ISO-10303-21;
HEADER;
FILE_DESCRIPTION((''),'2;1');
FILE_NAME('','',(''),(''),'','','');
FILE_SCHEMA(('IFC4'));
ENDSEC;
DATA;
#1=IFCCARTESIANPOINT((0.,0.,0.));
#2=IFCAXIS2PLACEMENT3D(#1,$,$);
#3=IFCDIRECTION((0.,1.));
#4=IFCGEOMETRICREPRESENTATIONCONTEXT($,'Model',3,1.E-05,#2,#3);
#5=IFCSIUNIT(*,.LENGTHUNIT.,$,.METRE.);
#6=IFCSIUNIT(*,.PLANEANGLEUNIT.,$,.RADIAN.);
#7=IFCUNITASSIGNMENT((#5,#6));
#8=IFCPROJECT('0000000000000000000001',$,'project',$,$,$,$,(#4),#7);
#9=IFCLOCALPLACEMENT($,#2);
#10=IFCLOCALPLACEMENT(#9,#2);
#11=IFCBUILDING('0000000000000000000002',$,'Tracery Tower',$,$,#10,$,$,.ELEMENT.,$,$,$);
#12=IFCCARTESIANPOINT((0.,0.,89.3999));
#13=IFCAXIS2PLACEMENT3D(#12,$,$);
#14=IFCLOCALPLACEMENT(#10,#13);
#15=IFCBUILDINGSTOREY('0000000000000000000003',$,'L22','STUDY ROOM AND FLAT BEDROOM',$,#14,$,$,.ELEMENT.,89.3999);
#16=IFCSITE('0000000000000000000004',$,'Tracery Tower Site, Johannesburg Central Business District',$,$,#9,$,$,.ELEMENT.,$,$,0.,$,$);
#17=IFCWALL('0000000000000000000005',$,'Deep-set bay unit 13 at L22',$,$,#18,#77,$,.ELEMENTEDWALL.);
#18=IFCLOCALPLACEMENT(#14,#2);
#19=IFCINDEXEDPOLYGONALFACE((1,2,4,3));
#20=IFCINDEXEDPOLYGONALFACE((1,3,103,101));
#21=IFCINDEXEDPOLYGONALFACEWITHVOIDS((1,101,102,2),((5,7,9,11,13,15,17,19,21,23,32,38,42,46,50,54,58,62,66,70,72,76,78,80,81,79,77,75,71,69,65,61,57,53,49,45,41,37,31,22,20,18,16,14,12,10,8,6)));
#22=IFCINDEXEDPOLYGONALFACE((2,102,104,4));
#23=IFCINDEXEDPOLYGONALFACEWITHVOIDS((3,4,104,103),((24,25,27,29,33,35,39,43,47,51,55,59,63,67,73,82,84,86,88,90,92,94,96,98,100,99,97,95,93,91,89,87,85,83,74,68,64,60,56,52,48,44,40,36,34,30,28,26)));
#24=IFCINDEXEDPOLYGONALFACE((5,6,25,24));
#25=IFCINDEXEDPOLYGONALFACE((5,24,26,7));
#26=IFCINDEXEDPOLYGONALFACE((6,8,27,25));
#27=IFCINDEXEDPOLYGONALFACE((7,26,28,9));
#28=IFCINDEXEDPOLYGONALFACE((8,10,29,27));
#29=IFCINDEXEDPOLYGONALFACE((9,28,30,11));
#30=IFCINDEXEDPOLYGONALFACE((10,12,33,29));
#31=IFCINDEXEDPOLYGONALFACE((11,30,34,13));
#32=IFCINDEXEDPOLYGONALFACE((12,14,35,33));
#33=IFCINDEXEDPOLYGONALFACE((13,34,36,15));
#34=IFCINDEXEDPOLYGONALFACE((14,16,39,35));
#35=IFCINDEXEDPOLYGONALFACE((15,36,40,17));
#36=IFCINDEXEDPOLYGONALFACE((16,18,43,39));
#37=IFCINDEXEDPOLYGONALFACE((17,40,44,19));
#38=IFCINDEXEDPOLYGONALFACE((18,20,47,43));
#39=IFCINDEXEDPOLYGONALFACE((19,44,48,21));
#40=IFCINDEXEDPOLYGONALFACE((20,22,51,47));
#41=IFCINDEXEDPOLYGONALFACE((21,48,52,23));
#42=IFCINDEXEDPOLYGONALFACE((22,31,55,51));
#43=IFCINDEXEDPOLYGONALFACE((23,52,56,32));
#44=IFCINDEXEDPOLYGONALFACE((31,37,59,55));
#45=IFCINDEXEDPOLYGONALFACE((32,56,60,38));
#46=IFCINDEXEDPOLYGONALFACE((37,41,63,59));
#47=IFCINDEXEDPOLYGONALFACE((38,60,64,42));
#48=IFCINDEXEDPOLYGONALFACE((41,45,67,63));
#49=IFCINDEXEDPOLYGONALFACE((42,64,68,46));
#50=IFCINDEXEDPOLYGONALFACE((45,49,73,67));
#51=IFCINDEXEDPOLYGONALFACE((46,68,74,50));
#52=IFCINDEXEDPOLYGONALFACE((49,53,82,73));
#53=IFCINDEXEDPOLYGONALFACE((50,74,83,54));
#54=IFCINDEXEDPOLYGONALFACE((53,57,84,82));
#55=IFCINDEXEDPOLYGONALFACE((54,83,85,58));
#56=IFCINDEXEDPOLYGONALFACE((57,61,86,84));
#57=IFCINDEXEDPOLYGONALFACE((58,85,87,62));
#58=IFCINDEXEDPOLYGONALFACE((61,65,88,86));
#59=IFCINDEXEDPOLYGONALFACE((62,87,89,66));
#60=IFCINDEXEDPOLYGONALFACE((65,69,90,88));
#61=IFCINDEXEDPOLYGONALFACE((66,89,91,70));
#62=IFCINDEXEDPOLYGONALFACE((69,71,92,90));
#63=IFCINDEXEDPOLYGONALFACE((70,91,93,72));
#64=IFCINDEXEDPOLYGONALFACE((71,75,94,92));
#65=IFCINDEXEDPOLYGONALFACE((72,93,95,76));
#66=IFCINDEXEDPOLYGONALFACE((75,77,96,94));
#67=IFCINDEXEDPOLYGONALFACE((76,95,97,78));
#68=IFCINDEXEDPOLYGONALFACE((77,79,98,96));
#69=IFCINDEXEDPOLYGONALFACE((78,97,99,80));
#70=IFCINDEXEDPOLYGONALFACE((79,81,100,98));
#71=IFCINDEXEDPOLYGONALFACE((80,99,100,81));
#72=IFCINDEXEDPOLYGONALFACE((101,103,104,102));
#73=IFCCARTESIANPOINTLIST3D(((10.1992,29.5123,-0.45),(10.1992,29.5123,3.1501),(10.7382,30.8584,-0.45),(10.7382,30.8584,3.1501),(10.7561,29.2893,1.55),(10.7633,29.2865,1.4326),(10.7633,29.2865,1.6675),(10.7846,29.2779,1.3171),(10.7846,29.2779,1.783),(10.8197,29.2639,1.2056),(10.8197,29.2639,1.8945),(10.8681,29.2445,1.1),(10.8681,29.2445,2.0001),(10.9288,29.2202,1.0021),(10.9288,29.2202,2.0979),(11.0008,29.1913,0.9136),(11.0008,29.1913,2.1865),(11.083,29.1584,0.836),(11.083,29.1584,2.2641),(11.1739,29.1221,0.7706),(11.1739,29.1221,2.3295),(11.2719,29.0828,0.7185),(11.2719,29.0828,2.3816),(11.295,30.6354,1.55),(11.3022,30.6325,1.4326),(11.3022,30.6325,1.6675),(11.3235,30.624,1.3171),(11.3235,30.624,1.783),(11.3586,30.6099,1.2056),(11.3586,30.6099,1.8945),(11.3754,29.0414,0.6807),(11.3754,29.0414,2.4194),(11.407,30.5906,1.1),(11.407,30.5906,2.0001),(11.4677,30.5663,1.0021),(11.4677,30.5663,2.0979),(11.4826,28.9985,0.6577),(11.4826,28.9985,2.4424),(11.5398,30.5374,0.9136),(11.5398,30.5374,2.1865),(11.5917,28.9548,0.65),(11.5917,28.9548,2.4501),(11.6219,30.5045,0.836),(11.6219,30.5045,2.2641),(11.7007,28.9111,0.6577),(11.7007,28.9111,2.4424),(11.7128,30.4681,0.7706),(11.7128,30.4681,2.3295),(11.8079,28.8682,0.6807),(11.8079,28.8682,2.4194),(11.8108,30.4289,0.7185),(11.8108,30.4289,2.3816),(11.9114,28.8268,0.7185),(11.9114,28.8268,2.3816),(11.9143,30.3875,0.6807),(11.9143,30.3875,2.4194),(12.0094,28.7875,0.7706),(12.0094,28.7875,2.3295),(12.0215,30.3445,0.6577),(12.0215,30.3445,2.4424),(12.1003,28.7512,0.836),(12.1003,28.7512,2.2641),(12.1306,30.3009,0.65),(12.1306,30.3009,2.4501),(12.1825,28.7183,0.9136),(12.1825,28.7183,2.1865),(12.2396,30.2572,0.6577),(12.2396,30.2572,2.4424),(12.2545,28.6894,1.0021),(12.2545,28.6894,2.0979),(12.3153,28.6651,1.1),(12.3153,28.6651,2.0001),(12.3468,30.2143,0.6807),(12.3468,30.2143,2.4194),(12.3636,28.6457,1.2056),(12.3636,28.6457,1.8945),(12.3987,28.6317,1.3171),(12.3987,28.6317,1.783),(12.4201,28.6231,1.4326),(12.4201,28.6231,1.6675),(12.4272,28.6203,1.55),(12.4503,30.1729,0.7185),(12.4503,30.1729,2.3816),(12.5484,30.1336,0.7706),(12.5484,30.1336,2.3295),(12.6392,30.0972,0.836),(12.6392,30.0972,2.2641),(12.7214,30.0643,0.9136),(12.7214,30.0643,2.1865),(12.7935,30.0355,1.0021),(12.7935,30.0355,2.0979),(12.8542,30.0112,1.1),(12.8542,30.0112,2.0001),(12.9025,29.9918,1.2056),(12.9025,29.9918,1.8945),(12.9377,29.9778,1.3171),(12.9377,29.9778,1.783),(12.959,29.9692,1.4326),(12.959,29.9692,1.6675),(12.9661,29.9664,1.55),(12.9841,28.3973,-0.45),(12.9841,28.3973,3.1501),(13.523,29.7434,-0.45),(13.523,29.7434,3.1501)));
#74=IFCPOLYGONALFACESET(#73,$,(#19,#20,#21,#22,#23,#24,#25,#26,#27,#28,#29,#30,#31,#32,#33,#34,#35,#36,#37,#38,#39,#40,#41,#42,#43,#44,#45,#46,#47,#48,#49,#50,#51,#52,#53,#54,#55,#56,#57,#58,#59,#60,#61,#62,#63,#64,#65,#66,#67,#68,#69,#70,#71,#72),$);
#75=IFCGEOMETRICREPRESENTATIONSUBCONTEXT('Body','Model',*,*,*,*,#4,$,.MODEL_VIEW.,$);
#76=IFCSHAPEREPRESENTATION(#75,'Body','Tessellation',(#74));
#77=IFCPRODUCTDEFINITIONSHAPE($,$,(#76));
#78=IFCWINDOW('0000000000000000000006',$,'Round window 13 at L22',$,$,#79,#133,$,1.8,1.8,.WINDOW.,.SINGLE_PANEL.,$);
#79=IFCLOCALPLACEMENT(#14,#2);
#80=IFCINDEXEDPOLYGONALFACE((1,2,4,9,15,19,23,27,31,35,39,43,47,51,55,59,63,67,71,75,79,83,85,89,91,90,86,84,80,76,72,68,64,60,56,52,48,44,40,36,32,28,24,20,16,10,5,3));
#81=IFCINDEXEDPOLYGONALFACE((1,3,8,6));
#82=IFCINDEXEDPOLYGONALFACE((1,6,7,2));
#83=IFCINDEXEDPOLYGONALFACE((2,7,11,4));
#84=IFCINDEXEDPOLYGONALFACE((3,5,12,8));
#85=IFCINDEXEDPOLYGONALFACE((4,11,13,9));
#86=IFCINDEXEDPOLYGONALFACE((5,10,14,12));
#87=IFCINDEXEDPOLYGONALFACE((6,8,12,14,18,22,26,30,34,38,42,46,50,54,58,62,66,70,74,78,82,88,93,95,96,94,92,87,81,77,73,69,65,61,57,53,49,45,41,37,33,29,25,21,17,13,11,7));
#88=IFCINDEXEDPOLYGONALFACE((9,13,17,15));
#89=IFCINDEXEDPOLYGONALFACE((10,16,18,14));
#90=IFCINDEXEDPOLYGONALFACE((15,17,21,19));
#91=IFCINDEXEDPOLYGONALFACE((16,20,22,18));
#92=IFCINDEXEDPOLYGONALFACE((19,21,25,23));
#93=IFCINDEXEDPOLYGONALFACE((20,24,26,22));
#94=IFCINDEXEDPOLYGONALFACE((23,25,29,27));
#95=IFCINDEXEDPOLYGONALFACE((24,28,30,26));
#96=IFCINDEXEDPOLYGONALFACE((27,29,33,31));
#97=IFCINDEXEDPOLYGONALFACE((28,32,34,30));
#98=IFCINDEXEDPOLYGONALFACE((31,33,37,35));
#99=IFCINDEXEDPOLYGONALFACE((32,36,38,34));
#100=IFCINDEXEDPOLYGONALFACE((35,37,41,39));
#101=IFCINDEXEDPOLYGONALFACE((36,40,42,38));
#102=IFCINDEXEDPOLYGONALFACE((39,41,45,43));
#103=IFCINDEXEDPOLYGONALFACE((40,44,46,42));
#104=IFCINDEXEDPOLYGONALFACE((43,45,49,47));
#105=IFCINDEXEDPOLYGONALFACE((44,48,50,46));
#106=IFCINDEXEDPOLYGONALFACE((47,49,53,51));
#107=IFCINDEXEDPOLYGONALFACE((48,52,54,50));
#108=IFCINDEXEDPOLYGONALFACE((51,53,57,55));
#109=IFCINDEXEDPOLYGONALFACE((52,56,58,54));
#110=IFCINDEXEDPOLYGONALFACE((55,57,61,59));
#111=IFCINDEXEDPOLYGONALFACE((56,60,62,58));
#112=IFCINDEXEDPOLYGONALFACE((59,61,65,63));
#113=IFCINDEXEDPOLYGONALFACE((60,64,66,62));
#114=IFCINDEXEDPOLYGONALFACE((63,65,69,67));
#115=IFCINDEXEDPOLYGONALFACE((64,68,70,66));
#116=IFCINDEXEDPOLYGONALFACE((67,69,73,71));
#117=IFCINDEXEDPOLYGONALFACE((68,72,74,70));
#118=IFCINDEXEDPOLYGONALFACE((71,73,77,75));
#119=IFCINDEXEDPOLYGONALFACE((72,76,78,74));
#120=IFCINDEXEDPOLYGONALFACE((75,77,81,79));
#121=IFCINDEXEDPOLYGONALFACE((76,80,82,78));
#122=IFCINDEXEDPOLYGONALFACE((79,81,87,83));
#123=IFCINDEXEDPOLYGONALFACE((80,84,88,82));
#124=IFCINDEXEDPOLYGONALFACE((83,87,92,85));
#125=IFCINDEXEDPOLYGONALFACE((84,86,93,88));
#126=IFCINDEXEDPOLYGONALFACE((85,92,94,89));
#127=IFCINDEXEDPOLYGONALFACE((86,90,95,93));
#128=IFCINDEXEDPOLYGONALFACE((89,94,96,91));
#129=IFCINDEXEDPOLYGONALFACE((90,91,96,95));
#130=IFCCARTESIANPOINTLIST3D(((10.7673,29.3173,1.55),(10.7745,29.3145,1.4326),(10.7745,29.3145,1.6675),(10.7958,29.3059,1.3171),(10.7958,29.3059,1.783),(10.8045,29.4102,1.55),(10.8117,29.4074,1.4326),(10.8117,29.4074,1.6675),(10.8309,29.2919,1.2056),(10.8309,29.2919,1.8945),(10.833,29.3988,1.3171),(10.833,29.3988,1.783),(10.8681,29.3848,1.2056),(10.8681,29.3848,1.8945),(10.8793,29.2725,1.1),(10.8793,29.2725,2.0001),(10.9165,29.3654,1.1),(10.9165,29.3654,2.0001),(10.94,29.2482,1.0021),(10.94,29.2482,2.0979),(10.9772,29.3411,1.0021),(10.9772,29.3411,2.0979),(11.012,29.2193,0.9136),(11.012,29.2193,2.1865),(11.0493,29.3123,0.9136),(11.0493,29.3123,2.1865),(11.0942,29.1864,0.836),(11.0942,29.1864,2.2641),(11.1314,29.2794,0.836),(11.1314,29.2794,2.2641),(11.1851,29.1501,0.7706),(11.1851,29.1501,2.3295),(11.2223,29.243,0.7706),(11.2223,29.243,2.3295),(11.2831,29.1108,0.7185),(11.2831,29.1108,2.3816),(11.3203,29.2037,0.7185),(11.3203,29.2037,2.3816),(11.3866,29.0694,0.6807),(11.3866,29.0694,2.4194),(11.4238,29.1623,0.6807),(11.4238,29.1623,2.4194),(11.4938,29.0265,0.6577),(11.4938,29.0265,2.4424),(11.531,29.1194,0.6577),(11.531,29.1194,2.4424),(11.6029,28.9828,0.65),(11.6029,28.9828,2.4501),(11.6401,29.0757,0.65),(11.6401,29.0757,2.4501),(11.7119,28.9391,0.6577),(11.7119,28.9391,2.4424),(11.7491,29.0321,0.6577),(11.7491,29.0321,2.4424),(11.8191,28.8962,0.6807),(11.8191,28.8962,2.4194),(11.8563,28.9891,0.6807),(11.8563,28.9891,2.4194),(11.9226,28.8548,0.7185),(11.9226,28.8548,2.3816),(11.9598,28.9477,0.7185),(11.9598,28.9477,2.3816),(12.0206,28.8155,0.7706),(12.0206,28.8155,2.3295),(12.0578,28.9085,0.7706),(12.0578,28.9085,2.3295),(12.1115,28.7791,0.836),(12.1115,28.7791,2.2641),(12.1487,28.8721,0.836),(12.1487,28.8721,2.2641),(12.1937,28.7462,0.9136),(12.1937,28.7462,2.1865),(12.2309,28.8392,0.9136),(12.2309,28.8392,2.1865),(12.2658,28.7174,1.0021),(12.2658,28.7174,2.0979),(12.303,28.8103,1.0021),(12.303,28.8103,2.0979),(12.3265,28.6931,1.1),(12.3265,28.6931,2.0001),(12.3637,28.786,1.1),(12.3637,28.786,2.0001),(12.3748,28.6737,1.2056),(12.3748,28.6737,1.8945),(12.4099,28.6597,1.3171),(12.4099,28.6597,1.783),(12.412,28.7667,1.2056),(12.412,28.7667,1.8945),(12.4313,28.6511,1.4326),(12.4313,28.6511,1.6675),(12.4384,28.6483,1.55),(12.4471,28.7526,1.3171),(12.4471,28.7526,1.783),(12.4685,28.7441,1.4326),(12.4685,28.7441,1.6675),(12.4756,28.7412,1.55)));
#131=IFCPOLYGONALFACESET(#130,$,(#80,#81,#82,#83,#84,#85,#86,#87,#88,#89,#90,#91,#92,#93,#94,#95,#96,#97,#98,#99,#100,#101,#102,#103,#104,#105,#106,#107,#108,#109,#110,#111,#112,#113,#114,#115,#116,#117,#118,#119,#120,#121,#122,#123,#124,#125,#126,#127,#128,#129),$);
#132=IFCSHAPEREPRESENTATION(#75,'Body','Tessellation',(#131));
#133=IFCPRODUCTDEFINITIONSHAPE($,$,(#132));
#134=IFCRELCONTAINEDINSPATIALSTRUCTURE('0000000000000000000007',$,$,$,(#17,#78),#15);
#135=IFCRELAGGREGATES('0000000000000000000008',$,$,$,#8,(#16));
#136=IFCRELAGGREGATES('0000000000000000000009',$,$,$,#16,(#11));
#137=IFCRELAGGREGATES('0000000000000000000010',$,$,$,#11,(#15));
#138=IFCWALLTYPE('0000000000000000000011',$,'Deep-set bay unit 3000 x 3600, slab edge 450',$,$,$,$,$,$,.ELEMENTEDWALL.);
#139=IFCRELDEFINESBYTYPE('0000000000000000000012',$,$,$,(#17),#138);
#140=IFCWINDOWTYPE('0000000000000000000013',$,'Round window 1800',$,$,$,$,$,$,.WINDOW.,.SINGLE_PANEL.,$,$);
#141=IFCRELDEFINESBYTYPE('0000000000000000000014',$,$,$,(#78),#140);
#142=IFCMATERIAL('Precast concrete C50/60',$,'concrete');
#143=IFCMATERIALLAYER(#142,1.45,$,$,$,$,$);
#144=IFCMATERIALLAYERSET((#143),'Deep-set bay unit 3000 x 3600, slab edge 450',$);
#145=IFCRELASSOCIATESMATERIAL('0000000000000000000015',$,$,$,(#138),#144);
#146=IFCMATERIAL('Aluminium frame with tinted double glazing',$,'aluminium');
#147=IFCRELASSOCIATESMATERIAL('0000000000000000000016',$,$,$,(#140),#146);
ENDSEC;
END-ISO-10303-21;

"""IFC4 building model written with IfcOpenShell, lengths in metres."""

from ifc_helpers import new_model, si_unit, direction, frame, frame_2d, origin, origin_2d, place, context, subcontext, project, spatial, rectangle, circle, extrude, material, layer, layer_set, type_object, element, fill, save


model = new_model("IFC4")

# Units and contexts
model_context = context("Model", 3, precision=1e-05, world=origin(), true_north=direction((0.0, 1.0)))
body_context = subcontext(model_context, "Body", "Model", "MODEL_VIEW")
ifc_project = project(units=[si_unit("LENGTHUNIT", "METRE"), si_unit("PLANEANGLEUNIT", "RADIAN")], contexts=[model_context])

# Site, building, storey
site_placement = place(None, origin())
site = spatial("IfcSite", under=ifc_project, at=site_placement, Name="Tracery Tower Site, Johannesburg Central Business District", CompositionType="ELEMENT", RefElevation=0.0)
building_placement = place(site_placement, origin())
building = spatial("IfcBuilding", under=site, at=building_placement, Name="Tracery Tower", CompositionType="ELEMENT")
storey_placement = place(building_placement, frame((0.0, 0.0, 89.3999)))
storey = spatial("IfcBuildingStorey", under=building, at=storey_placement, Name="L22", Description="STUDY ROOM AND FLAT BEDROOM", CompositionType="ELEMENT", Elevation=89.3999)

# Wall, opening, window
ifc_material_1 = material(Name="Precast concrete C50/60", Category="concrete")
ifc_layer_1 = layer(ifc_material_1, 1.45)
ifc_layer_set_1 = layer_set([ifc_layer_1], Name="Deep-set bay unit 3000 x 3600, slab edge 450")
wall_type_1 = type_object("IfcWallType", Name="Deep-set bay unit 3000 x 3600, slab edge 450", PredefinedType="ELEMENTEDWALL", material=ifc_layer_set_1)
wall_1_placement = place(storey_placement, frame((13.2537, 29.0703, -0.45), z_axis=(0.0, 0.0, 1.0), x_axis=(-0.928359, 0.371685, 0.0)))
wall_1 = element("IfcWall", 1, at=wall_1_placement, inside=storey, type_object=wall_type_1, Name="Deep-set bay unit 13 at L22", PredefinedType="ELEMENTEDWALL", context=body_context, shape_type="SweptSolid", body=[
    extrude(rectangle(XDim=2.9998, YDim=1.45, at=frame_2d((1.5, 0.0))), origin(), (0.0, 0.0, 1.0), 3.6001),
])
opening_1_placement = place(wall_1_placement, frame((1.5, 0.0, 2.0)))
opening_1 = element("IfcOpeningElement", 2, at=opening_1_placement, cuts=wall_1, PredefinedType="OPENING", context=body_context, shape_type="SweptSolid", body=[
    extrude(circle(Radius=0.9, at=origin_2d()), frame((0.0, 0.7349, 0.0), z_axis=(0.0, -1.0, 0.0), x_axis=(1.0, 0.0, 0.0)), (0.0, 0.0, 1.0), 1.47),
])
ifc_material_2 = material(Name="Aluminium frame with tinted double glazing", Category="aluminium")
window_type = type_object("IfcWindowType", Name="Round window 1800", PartitioningType="SINGLE_PANEL", PredefinedType="WINDOW", material=ifc_material_2)
window_1_placement = place(opening_1_placement, origin())
window_1 = element("IfcWindow", 3, at=window_1_placement, inside=storey, type_object=window_type, Name="Round window 13 at L22", OverallHeight=1.8, OverallWidth=1.8, PartitioningType="SINGLE_PANEL", PredefinedType="WINDOW", context=body_context, shape_type="SweptSolid", body=[
    extrude(circle(Radius=0.9, at=origin_2d()), frame((0.0, 0.6948, 0.0), z_axis=(0.0, -1.0, 0.0), x_axis=(1.0, 0.0, 0.0)), (0.0, 0.0, 1.0), 0.1001),
])
fill(opening_1, window_1)

save(model, "model.ifc")
